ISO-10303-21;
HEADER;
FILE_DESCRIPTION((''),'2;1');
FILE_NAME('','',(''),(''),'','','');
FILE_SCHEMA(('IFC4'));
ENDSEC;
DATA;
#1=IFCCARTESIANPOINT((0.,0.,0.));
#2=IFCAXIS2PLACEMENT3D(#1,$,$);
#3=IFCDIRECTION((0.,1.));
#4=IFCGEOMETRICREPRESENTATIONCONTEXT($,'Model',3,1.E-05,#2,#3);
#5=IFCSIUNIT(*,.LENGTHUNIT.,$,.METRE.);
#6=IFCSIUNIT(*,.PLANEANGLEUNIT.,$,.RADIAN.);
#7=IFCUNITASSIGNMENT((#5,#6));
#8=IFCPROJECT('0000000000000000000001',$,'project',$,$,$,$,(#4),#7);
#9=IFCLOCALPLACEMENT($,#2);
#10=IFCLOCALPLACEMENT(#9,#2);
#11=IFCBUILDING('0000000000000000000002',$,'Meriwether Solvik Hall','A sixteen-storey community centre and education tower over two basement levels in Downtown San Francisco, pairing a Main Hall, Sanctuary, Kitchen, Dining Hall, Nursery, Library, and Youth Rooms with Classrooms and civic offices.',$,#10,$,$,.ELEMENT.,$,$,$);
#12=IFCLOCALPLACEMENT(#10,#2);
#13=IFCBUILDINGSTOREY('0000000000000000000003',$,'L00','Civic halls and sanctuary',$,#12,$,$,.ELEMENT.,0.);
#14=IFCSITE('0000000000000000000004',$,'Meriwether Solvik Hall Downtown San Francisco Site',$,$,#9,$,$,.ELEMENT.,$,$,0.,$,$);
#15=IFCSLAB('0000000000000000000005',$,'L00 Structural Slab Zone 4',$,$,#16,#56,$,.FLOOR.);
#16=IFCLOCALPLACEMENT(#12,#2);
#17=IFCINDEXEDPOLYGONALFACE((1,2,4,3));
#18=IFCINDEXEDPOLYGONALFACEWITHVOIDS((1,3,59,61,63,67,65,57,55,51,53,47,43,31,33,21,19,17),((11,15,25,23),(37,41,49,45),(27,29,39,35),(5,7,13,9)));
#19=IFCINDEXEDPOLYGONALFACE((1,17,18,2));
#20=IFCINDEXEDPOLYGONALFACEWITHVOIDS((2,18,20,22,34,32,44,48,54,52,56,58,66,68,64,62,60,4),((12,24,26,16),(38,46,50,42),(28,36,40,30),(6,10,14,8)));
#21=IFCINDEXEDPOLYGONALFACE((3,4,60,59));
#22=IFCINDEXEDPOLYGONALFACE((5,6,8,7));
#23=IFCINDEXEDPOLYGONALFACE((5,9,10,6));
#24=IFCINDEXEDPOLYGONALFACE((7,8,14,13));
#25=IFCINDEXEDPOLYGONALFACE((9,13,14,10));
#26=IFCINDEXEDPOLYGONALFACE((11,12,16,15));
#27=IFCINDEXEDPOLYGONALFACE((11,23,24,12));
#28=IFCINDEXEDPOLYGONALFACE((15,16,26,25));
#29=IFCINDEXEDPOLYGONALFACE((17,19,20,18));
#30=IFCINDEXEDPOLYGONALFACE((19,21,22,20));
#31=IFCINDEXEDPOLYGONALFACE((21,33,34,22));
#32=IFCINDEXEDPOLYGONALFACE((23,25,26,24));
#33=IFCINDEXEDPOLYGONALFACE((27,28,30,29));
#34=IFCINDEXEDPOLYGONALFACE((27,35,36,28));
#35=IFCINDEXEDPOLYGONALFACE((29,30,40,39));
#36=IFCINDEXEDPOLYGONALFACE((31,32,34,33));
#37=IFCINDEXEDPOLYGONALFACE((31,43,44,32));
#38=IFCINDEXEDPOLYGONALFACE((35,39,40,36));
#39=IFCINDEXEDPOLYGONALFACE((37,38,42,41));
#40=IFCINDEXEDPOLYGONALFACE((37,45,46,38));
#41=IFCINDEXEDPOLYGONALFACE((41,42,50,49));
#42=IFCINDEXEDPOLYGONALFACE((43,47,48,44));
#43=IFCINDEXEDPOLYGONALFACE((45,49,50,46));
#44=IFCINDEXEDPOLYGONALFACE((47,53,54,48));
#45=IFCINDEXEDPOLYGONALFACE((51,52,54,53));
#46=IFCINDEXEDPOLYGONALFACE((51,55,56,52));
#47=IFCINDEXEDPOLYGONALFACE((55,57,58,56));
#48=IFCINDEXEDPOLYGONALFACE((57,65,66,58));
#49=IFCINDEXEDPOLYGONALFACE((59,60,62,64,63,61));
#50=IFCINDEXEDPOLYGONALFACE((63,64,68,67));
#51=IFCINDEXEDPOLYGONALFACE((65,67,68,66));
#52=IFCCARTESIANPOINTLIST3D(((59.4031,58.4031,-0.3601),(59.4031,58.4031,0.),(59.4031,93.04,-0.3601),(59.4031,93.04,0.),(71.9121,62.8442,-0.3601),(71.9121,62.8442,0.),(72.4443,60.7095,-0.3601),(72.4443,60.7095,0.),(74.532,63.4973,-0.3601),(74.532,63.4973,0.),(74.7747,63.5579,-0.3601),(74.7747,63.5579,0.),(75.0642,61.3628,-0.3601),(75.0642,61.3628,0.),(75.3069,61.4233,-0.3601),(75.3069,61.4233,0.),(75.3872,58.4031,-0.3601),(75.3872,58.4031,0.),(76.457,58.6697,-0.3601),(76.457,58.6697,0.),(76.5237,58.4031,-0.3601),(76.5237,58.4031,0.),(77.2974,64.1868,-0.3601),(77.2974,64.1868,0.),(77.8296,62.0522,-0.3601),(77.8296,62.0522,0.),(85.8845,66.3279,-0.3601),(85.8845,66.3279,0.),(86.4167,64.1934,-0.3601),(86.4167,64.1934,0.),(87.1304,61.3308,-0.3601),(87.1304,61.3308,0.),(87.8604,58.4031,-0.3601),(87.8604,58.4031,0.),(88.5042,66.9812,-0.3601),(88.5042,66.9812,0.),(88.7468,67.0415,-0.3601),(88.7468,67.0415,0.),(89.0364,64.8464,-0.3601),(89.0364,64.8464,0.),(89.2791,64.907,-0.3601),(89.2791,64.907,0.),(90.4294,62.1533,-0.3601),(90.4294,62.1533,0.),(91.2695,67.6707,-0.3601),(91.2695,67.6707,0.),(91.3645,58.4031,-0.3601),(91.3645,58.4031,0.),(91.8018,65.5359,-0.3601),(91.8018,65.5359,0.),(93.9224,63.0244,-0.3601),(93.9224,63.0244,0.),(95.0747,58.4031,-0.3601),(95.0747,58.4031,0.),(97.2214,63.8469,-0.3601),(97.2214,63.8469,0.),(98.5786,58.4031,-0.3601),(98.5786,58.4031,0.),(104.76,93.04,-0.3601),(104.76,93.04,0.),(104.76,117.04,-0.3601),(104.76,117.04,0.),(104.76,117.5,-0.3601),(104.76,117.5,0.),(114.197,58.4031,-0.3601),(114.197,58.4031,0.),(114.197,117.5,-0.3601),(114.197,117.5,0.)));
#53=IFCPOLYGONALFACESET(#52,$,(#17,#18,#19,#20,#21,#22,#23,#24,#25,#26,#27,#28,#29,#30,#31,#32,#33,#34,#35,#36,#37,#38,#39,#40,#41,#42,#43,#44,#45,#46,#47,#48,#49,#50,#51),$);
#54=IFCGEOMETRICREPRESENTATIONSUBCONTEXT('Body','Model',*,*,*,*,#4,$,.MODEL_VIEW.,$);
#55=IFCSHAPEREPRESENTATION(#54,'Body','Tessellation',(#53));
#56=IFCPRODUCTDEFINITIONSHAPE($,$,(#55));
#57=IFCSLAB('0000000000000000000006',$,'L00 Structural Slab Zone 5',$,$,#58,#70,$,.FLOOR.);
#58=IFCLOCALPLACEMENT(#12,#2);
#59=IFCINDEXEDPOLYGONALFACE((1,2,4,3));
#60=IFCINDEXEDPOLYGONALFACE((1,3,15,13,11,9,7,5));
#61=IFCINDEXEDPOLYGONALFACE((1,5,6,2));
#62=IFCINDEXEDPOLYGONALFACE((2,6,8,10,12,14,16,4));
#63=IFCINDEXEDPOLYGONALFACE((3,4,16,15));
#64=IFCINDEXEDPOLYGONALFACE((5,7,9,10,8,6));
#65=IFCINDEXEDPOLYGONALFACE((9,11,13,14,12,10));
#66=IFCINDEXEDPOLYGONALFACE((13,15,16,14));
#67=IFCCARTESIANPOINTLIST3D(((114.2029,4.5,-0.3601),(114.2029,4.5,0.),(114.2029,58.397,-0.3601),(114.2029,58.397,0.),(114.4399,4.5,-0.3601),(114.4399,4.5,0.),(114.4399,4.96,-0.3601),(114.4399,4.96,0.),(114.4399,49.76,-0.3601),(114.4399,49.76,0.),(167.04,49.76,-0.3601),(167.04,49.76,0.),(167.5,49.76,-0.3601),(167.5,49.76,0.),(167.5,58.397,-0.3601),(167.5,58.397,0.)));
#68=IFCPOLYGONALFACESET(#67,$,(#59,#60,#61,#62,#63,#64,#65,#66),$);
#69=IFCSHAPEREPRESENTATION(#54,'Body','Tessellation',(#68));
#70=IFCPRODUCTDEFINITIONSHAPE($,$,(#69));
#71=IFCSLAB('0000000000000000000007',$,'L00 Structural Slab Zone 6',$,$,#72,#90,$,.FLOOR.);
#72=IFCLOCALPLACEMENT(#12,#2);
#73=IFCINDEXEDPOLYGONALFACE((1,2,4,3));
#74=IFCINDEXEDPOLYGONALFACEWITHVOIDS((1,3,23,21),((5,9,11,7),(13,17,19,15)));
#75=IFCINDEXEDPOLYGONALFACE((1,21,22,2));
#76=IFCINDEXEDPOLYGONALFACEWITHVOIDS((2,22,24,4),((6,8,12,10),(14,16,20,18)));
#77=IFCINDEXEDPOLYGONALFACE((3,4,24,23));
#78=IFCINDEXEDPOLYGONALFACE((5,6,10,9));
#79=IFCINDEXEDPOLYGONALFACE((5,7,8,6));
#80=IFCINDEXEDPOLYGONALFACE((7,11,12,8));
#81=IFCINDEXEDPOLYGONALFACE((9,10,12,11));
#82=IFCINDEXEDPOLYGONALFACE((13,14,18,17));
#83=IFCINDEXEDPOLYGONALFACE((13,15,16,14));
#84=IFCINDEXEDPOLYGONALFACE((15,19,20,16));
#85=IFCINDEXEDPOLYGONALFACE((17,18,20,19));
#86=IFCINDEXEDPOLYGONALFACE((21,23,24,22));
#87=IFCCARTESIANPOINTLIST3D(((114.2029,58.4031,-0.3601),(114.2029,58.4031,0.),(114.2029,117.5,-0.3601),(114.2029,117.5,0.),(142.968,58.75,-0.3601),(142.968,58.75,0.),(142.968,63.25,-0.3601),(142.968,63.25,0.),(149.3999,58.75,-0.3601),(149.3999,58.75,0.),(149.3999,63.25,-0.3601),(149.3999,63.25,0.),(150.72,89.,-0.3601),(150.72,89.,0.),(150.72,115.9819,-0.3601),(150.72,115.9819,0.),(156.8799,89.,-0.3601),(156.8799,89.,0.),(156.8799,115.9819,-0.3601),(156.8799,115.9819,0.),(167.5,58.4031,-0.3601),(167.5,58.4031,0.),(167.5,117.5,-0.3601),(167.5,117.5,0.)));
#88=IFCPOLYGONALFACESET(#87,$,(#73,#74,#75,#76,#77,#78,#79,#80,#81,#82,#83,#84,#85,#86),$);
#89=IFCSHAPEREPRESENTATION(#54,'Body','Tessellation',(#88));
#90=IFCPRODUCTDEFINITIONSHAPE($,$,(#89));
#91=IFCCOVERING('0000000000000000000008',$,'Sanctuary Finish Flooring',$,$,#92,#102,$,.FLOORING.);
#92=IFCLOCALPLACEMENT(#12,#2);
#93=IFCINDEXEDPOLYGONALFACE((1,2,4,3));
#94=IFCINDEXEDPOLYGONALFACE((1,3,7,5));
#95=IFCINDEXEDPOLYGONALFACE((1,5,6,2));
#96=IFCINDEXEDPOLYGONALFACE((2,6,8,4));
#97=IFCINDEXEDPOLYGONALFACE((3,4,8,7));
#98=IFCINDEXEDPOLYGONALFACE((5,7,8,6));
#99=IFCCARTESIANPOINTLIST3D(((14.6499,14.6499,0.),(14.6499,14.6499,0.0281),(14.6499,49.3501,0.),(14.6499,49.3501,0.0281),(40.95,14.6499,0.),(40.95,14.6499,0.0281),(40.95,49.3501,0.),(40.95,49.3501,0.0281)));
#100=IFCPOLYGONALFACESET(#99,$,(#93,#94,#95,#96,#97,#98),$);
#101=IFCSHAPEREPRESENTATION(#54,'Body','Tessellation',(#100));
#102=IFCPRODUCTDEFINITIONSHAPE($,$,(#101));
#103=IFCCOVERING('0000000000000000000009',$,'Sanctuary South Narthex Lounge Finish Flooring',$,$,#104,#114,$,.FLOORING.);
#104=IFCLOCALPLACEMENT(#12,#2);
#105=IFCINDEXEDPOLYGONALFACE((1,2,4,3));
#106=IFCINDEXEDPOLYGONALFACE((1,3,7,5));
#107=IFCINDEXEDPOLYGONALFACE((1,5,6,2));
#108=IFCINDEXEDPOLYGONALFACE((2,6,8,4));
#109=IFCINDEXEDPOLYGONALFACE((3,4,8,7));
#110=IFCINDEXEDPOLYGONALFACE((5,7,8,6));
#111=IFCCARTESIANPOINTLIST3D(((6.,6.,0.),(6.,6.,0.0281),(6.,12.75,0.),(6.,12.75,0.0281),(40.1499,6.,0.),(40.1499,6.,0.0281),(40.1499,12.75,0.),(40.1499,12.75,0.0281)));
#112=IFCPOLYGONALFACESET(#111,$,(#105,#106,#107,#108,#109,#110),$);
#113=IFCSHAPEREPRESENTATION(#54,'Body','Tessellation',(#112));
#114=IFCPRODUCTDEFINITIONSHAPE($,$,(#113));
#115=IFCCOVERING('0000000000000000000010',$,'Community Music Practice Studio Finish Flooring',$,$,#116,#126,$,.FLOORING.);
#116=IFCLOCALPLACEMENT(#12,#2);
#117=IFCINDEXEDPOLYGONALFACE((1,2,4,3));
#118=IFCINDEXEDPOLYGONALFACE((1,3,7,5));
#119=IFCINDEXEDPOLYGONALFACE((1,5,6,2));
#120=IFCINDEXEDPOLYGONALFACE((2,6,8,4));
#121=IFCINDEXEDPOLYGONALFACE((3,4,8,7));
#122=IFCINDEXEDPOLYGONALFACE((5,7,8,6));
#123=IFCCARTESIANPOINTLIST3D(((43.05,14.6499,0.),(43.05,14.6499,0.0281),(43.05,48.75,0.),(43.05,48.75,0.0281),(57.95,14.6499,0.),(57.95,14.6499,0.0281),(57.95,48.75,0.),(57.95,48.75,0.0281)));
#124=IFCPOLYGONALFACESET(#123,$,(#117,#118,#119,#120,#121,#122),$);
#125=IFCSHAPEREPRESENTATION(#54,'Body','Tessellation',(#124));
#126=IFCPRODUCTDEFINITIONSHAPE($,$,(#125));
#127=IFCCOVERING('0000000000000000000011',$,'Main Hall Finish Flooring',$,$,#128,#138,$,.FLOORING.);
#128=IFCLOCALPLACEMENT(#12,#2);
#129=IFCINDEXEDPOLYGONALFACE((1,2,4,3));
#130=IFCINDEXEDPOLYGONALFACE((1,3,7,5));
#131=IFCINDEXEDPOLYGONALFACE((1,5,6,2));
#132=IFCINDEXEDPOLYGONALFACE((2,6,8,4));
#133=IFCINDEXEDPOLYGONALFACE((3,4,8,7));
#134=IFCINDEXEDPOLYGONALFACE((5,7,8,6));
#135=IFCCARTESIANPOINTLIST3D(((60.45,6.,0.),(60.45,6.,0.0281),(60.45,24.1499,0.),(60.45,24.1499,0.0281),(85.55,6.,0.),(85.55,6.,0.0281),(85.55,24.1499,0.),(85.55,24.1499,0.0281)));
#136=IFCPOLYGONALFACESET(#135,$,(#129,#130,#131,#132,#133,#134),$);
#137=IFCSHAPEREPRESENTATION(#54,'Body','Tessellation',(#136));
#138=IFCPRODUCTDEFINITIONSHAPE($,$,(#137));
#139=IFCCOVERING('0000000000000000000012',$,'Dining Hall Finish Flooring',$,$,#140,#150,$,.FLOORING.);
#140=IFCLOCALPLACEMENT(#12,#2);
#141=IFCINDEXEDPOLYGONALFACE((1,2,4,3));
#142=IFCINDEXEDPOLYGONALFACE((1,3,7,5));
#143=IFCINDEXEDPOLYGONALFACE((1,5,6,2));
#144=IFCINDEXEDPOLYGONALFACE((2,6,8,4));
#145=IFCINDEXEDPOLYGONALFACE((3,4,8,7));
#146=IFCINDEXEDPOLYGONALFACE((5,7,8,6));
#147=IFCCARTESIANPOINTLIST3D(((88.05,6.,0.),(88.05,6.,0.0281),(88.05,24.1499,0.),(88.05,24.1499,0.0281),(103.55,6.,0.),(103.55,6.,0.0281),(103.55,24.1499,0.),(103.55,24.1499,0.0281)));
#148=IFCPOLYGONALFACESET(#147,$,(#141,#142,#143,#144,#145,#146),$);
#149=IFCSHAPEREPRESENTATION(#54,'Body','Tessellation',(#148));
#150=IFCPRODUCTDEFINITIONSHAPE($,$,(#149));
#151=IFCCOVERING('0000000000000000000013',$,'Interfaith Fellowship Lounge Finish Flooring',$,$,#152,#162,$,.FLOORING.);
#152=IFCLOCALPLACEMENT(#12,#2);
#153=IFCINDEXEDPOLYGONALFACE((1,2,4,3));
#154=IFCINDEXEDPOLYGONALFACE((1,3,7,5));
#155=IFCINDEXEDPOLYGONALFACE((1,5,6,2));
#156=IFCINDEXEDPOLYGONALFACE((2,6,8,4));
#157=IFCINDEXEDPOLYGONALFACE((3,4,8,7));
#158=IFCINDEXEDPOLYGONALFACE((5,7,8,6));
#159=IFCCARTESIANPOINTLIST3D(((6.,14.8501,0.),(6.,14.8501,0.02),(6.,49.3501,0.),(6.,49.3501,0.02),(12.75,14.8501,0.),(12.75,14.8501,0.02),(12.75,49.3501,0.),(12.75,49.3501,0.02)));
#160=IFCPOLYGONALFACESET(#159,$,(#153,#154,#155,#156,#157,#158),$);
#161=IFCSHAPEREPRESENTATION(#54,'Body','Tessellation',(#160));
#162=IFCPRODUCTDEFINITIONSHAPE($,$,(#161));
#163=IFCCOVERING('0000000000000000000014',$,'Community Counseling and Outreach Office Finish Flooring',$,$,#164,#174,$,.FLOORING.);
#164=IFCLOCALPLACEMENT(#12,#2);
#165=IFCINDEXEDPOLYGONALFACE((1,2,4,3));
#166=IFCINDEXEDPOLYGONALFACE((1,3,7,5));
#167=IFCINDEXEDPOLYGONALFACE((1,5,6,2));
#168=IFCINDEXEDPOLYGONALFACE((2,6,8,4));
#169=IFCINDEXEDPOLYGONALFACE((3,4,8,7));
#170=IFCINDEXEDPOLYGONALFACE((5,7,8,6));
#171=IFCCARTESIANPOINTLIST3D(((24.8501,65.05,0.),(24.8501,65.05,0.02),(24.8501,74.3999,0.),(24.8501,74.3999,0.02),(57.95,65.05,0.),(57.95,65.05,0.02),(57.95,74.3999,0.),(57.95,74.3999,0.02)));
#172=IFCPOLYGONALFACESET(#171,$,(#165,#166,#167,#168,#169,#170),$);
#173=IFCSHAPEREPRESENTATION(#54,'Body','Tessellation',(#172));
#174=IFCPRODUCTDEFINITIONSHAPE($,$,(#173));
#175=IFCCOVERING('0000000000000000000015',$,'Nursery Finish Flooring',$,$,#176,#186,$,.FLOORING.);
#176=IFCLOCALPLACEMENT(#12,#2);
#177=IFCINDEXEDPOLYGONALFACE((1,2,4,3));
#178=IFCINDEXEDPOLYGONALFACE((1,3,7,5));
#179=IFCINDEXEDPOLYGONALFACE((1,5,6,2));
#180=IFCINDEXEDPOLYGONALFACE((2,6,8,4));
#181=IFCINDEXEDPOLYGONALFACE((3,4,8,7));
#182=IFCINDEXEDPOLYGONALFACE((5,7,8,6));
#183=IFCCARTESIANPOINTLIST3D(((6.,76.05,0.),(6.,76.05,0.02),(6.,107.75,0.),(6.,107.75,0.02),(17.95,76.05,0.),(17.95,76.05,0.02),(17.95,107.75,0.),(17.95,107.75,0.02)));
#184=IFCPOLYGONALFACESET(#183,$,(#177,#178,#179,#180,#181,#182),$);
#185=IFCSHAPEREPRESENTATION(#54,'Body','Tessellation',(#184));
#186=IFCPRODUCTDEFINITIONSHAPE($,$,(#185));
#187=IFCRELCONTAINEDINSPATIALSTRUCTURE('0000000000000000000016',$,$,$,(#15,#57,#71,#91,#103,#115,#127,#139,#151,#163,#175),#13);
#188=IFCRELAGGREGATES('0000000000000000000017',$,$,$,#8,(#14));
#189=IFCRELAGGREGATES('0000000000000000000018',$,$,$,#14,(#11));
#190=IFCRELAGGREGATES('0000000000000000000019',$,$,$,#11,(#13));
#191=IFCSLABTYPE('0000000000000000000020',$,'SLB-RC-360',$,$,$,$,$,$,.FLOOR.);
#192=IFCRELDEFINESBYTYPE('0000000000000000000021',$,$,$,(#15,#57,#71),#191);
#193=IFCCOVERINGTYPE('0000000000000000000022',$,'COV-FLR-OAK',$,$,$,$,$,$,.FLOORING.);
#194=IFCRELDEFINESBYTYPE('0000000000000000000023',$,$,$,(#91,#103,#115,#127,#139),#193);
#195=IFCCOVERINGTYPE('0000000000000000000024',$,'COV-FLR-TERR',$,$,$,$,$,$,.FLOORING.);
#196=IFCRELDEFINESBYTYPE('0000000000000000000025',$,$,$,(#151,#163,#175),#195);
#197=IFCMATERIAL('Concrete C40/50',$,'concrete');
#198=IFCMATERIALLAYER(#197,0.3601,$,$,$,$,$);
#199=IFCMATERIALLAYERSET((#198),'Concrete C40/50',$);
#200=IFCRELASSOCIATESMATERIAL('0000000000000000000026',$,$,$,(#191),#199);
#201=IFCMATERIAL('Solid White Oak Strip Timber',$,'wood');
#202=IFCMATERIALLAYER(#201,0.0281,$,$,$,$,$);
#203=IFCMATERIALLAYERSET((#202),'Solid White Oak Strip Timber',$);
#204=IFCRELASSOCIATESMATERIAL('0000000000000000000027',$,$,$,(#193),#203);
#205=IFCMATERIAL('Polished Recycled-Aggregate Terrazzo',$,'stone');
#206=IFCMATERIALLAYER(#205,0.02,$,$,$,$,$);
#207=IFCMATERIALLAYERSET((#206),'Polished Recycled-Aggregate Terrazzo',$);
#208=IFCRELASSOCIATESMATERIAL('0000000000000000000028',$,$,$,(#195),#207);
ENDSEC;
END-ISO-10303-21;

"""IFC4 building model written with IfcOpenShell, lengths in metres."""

from ifc_helpers import new_model, si_unit, direction, frame, origin, place, context, subcontext, project, spatial, polyline, outline, extrude, material, layer, layer_set, type_object, element, save


model = new_model("IFC4")

# Units and contexts
model_context = context("Model", 3, precision=1e-05, world=origin(), true_north=direction((0.0, 1.0)))
body_context = subcontext(model_context, "Body", "Model", "MODEL_VIEW")
ifc_project = project(units=[si_unit("LENGTHUNIT", "METRE"), si_unit("PLANEANGLEUNIT", "RADIAN")], contexts=[model_context])

# Site, building, storey
site_placement = place(None, origin())
site = spatial("IfcSite", under=ifc_project, at=site_placement, Name="Meriwether Solvik Hall Downtown San Francisco Site", CompositionType="ELEMENT", RefElevation=0.0)
building_placement = place(site_placement, origin())
building = spatial("IfcBuilding", under=site, at=building_placement, Name="Meriwether Solvik Hall", Description="A sixteen-storey community centre and education tower over two basement levels in Downtown San Francisco, pairing a Main Hall, Sanctuary, Kitchen, Dining Hall, Nursery, Library, and Youth Rooms with Classrooms and civic offices.", CompositionType="ELEMENT")
storey_placement = place(building_placement, origin())
storey = spatial("IfcBuildingStorey", under=building, at=storey_placement, Name="L00", Description="Civic halls and sanctuary", CompositionType="ELEMENT", Elevation=0.0)

# Slabs
ifc_material_1 = material(Name="Concrete C40/50", Category="concrete")
ifc_layer_1 = layer(ifc_material_1, 0.3601)
ifc_layer_set_1 = layer_set([ifc_layer_1], Name="Concrete C40/50")
slab_type_1 = type_object("IfcSlabType", Name="SLB-RC-360", PredefinedType="FLOOR", material=ifc_layer_set_1)
slab_1_placement = place(storey_placement, frame((0.0, 0.0, -0.3601)))
element("IfcSlab", 1, at=slab_1_placement, inside=storey, type_object=slab_type_1, Name="L00 Structural Slab Zone 4", PredefinedType="FLOOR", context=body_context, shape_type="SweptSolid", body=[
    extrude(outline(polyline([(98.5786, 58.4031), (97.2214, 63.8469), (93.9224, 63.0244), (95.0747, 58.4031), (91.3645, 58.4031), (90.4294, 62.1533), (87.1304, 61.3308), (87.8604, 58.4031), (76.5237, 58.4031), (76.457, 58.6697), (75.3872, 58.4031), (59.4031, 58.4031), (59.4031, 93.04), (104.76, 93.04), (104.76, 117.04), (104.76, 117.5), (114.197, 117.5), (114.197, 58.4031), (98.5786, 58.4031)]), holes=[polyline([(74.532, 63.4973), (71.9121, 62.8442), (72.4443, 60.7095), (75.0642, 61.3628), (74.532, 63.4973)]), polyline([(77.2974, 64.1868), (74.7747, 63.5579), (75.3069, 61.4233), (77.8296, 62.0522), (77.2974, 64.1868)]), polyline([(88.5042, 66.9812), (85.8845, 66.3279), (86.4167, 64.1934), (89.0364, 64.8464), (88.5042, 66.9812)]), polyline([(91.8018, 65.5359), (91.2695, 67.6707), (88.7468, 67.0415), (89.2791, 64.907), (91.8018, 65.5359)])]), origin(), (0.0, 0.0, 1.0), 0.3601),
])
slab_2_placement = place(storey_placement, frame((0.0, 0.0, -0.3601)))
element("IfcSlab", 2, at=slab_2_placement, inside=storey, type_object=slab_type_1, Name="L00 Structural Slab Zone 5", PredefinedType="FLOOR", context=body_context, shape_type="SweptSolid", body=[
    extrude(outline(polyline([(167.5, 58.397), (167.5, 49.76), (167.04, 49.76), (114.4399, 49.76), (114.4399, 4.96), (114.4399, 4.5), (114.2029, 4.5), (114.2029, 58.397), (167.5, 58.397)])), origin(), (0.0, 0.0, 1.0), 0.3601),
])
slab_3_placement = place(storey_placement, frame((0.0, 0.0, -0.3601)))
element("IfcSlab", 3, at=slab_3_placement, inside=storey, type_object=slab_type_1, Name="L00 Structural Slab Zone 6", PredefinedType="FLOOR", context=body_context, shape_type="SweptSolid", body=[
    extrude(outline(polyline([(114.2029, 117.5), (167.5, 117.5), (167.5, 58.4031), (114.2029, 58.4031), (114.2029, 117.5)]), holes=[polyline([(149.3999, 58.75), (149.3999, 63.25), (142.968, 63.25), (142.968, 58.75), (149.3999, 58.75)]), polyline([(156.8799, 89.0), (156.8799, 115.9819), (150.72, 115.9819), (150.72, 89.0), (156.8799, 89.0)])]), origin(), (0.0, 0.0, 1.0), 0.3601),
])

# Coverings
ifc_material_2 = material(Name="Solid White Oak Strip Timber", Category="wood")
ifc_layer_2 = layer(ifc_material_2, 0.0281)
ifc_layer_set_2 = layer_set([ifc_layer_2], Name="Solid White Oak Strip Timber")
covering_type_1 = type_object("IfcCoveringType", Name="COV-FLR-OAK", PredefinedType="FLOORING", material=ifc_layer_set_2)
covering_1_placement = place(storey_placement, origin())
element("IfcCovering", 4, at=covering_1_placement, inside=storey, type_object=covering_type_1, Name="Sanctuary Finish Flooring", PredefinedType="FLOORING", context=body_context, shape_type="SweptSolid", body=[
    extrude(outline(polyline([(40.95, 49.3501), (40.95, 14.6499), (14.6499, 14.6499), (14.6499, 49.3501), (40.95, 49.3501)])), origin(), (0.0, 0.0, 1.0), 0.0281),
])
covering_2_placement = place(storey_placement, origin())
element("IfcCovering", 5, at=covering_2_placement, inside=storey, type_object=covering_type_1, Name="Sanctuary South Narthex Lounge Finish Flooring", PredefinedType="FLOORING", context=body_context, shape_type="SweptSolid", body=[
    extrude(outline(polyline([(40.1499, 6.0), (6.0, 6.0), (6.0, 12.75), (40.1499, 12.75), (40.1499, 6.0)])), origin(), (0.0, 0.0, 1.0), 0.0281),
])
covering_3_placement = place(storey_placement, origin())
element("IfcCovering", 6, at=covering_3_placement, inside=storey, type_object=covering_type_1, Name="Community Music Practice Studio Finish Flooring", PredefinedType="FLOORING", context=body_context, shape_type="SweptSolid", body=[
    extrude(outline(polyline([(57.95, 48.75), (57.95, 14.6499), (43.05, 14.6499), (43.05, 48.75), (57.95, 48.75)])), origin(), (0.0, 0.0, 1.0), 0.0281),
])
covering_4_placement = place(storey_placement, origin())
element("IfcCovering", 7, at=covering_4_placement, inside=storey, type_object=covering_type_1, Name="Main Hall Finish Flooring", PredefinedType="FLOORING", context=body_context, shape_type="SweptSolid", body=[
    extrude(outline(polyline([(85.55, 24.1499), (85.55, 6.0), (60.45, 6.0), (60.45, 24.1499), (85.55, 24.1499)])), origin(), (0.0, 0.0, 1.0), 0.0281),
])
covering_5_placement = place(storey_placement, origin())
element("IfcCovering", 8, at=covering_5_placement, inside=storey, type_object=covering_type_1, Name="Dining Hall Finish Flooring", PredefinedType="FLOORING", context=body_context, shape_type="SweptSolid", body=[
    extrude(outline(polyline([(103.55, 24.1499), (103.55, 6.0), (88.05, 6.0), (88.05, 24.1499), (103.55, 24.1499)])), origin(), (0.0, 0.0, 1.0), 0.0281),
])
ifc_material_3 = material(Name="Polished Recycled-Aggregate Terrazzo", Category="stone")
ifc_layer_3 = layer(ifc_material_3, 0.02)
ifc_layer_set_3 = layer_set([ifc_layer_3], Name="Polished Recycled-Aggregate Terrazzo")
covering_type_2 = type_object("IfcCoveringType", Name="COV-FLR-TERR", PredefinedType="FLOORING", material=ifc_layer_set_3)
covering_6_placement = place(storey_placement, origin())
element("IfcCovering", 9, at=covering_6_placement, inside=storey, type_object=covering_type_2, Name="Interfaith Fellowship Lounge Finish Flooring", PredefinedType="FLOORING", context=body_context, shape_type="SweptSolid", body=[
    extrude(outline(polyline([(12.75, 14.8501), (6.0, 14.8501), (6.0, 49.3501), (12.75, 49.3501), (12.75, 14.8501)])), origin(), (0.0, 0.0, 1.0), 0.02),
])
covering_7_placement = place(storey_placement, origin())
element("IfcCovering", 10, at=covering_7_placement, inside=storey, type_object=covering_type_2, Name="Community Counseling and Outreach Office Finish Flooring", PredefinedType="FLOORING", context=body_context, shape_type="SweptSolid", body=[
    extrude(outline(polyline([(24.8501, 65.05), (24.8501, 74.3999), (57.95, 74.3999), (57.95, 65.05), (24.8501, 65.05)])), origin(), (0.0, 0.0, 1.0), 0.02),
])
covering_8_placement = place(storey_placement, origin())
element("IfcCovering", 11, at=covering_8_placement, inside=storey, type_object=covering_type_2, Name="Nursery Finish Flooring", PredefinedType="FLOORING", context=body_context, shape_type="SweptSolid", body=[
    extrude(outline(polyline([(17.95, 76.05), (6.0, 76.05), (6.0, 107.75), (17.95, 107.75), (17.95, 76.05)])), origin(), (0.0, 0.0, 1.0), 0.02),
])

save(model, "model.ifc")
